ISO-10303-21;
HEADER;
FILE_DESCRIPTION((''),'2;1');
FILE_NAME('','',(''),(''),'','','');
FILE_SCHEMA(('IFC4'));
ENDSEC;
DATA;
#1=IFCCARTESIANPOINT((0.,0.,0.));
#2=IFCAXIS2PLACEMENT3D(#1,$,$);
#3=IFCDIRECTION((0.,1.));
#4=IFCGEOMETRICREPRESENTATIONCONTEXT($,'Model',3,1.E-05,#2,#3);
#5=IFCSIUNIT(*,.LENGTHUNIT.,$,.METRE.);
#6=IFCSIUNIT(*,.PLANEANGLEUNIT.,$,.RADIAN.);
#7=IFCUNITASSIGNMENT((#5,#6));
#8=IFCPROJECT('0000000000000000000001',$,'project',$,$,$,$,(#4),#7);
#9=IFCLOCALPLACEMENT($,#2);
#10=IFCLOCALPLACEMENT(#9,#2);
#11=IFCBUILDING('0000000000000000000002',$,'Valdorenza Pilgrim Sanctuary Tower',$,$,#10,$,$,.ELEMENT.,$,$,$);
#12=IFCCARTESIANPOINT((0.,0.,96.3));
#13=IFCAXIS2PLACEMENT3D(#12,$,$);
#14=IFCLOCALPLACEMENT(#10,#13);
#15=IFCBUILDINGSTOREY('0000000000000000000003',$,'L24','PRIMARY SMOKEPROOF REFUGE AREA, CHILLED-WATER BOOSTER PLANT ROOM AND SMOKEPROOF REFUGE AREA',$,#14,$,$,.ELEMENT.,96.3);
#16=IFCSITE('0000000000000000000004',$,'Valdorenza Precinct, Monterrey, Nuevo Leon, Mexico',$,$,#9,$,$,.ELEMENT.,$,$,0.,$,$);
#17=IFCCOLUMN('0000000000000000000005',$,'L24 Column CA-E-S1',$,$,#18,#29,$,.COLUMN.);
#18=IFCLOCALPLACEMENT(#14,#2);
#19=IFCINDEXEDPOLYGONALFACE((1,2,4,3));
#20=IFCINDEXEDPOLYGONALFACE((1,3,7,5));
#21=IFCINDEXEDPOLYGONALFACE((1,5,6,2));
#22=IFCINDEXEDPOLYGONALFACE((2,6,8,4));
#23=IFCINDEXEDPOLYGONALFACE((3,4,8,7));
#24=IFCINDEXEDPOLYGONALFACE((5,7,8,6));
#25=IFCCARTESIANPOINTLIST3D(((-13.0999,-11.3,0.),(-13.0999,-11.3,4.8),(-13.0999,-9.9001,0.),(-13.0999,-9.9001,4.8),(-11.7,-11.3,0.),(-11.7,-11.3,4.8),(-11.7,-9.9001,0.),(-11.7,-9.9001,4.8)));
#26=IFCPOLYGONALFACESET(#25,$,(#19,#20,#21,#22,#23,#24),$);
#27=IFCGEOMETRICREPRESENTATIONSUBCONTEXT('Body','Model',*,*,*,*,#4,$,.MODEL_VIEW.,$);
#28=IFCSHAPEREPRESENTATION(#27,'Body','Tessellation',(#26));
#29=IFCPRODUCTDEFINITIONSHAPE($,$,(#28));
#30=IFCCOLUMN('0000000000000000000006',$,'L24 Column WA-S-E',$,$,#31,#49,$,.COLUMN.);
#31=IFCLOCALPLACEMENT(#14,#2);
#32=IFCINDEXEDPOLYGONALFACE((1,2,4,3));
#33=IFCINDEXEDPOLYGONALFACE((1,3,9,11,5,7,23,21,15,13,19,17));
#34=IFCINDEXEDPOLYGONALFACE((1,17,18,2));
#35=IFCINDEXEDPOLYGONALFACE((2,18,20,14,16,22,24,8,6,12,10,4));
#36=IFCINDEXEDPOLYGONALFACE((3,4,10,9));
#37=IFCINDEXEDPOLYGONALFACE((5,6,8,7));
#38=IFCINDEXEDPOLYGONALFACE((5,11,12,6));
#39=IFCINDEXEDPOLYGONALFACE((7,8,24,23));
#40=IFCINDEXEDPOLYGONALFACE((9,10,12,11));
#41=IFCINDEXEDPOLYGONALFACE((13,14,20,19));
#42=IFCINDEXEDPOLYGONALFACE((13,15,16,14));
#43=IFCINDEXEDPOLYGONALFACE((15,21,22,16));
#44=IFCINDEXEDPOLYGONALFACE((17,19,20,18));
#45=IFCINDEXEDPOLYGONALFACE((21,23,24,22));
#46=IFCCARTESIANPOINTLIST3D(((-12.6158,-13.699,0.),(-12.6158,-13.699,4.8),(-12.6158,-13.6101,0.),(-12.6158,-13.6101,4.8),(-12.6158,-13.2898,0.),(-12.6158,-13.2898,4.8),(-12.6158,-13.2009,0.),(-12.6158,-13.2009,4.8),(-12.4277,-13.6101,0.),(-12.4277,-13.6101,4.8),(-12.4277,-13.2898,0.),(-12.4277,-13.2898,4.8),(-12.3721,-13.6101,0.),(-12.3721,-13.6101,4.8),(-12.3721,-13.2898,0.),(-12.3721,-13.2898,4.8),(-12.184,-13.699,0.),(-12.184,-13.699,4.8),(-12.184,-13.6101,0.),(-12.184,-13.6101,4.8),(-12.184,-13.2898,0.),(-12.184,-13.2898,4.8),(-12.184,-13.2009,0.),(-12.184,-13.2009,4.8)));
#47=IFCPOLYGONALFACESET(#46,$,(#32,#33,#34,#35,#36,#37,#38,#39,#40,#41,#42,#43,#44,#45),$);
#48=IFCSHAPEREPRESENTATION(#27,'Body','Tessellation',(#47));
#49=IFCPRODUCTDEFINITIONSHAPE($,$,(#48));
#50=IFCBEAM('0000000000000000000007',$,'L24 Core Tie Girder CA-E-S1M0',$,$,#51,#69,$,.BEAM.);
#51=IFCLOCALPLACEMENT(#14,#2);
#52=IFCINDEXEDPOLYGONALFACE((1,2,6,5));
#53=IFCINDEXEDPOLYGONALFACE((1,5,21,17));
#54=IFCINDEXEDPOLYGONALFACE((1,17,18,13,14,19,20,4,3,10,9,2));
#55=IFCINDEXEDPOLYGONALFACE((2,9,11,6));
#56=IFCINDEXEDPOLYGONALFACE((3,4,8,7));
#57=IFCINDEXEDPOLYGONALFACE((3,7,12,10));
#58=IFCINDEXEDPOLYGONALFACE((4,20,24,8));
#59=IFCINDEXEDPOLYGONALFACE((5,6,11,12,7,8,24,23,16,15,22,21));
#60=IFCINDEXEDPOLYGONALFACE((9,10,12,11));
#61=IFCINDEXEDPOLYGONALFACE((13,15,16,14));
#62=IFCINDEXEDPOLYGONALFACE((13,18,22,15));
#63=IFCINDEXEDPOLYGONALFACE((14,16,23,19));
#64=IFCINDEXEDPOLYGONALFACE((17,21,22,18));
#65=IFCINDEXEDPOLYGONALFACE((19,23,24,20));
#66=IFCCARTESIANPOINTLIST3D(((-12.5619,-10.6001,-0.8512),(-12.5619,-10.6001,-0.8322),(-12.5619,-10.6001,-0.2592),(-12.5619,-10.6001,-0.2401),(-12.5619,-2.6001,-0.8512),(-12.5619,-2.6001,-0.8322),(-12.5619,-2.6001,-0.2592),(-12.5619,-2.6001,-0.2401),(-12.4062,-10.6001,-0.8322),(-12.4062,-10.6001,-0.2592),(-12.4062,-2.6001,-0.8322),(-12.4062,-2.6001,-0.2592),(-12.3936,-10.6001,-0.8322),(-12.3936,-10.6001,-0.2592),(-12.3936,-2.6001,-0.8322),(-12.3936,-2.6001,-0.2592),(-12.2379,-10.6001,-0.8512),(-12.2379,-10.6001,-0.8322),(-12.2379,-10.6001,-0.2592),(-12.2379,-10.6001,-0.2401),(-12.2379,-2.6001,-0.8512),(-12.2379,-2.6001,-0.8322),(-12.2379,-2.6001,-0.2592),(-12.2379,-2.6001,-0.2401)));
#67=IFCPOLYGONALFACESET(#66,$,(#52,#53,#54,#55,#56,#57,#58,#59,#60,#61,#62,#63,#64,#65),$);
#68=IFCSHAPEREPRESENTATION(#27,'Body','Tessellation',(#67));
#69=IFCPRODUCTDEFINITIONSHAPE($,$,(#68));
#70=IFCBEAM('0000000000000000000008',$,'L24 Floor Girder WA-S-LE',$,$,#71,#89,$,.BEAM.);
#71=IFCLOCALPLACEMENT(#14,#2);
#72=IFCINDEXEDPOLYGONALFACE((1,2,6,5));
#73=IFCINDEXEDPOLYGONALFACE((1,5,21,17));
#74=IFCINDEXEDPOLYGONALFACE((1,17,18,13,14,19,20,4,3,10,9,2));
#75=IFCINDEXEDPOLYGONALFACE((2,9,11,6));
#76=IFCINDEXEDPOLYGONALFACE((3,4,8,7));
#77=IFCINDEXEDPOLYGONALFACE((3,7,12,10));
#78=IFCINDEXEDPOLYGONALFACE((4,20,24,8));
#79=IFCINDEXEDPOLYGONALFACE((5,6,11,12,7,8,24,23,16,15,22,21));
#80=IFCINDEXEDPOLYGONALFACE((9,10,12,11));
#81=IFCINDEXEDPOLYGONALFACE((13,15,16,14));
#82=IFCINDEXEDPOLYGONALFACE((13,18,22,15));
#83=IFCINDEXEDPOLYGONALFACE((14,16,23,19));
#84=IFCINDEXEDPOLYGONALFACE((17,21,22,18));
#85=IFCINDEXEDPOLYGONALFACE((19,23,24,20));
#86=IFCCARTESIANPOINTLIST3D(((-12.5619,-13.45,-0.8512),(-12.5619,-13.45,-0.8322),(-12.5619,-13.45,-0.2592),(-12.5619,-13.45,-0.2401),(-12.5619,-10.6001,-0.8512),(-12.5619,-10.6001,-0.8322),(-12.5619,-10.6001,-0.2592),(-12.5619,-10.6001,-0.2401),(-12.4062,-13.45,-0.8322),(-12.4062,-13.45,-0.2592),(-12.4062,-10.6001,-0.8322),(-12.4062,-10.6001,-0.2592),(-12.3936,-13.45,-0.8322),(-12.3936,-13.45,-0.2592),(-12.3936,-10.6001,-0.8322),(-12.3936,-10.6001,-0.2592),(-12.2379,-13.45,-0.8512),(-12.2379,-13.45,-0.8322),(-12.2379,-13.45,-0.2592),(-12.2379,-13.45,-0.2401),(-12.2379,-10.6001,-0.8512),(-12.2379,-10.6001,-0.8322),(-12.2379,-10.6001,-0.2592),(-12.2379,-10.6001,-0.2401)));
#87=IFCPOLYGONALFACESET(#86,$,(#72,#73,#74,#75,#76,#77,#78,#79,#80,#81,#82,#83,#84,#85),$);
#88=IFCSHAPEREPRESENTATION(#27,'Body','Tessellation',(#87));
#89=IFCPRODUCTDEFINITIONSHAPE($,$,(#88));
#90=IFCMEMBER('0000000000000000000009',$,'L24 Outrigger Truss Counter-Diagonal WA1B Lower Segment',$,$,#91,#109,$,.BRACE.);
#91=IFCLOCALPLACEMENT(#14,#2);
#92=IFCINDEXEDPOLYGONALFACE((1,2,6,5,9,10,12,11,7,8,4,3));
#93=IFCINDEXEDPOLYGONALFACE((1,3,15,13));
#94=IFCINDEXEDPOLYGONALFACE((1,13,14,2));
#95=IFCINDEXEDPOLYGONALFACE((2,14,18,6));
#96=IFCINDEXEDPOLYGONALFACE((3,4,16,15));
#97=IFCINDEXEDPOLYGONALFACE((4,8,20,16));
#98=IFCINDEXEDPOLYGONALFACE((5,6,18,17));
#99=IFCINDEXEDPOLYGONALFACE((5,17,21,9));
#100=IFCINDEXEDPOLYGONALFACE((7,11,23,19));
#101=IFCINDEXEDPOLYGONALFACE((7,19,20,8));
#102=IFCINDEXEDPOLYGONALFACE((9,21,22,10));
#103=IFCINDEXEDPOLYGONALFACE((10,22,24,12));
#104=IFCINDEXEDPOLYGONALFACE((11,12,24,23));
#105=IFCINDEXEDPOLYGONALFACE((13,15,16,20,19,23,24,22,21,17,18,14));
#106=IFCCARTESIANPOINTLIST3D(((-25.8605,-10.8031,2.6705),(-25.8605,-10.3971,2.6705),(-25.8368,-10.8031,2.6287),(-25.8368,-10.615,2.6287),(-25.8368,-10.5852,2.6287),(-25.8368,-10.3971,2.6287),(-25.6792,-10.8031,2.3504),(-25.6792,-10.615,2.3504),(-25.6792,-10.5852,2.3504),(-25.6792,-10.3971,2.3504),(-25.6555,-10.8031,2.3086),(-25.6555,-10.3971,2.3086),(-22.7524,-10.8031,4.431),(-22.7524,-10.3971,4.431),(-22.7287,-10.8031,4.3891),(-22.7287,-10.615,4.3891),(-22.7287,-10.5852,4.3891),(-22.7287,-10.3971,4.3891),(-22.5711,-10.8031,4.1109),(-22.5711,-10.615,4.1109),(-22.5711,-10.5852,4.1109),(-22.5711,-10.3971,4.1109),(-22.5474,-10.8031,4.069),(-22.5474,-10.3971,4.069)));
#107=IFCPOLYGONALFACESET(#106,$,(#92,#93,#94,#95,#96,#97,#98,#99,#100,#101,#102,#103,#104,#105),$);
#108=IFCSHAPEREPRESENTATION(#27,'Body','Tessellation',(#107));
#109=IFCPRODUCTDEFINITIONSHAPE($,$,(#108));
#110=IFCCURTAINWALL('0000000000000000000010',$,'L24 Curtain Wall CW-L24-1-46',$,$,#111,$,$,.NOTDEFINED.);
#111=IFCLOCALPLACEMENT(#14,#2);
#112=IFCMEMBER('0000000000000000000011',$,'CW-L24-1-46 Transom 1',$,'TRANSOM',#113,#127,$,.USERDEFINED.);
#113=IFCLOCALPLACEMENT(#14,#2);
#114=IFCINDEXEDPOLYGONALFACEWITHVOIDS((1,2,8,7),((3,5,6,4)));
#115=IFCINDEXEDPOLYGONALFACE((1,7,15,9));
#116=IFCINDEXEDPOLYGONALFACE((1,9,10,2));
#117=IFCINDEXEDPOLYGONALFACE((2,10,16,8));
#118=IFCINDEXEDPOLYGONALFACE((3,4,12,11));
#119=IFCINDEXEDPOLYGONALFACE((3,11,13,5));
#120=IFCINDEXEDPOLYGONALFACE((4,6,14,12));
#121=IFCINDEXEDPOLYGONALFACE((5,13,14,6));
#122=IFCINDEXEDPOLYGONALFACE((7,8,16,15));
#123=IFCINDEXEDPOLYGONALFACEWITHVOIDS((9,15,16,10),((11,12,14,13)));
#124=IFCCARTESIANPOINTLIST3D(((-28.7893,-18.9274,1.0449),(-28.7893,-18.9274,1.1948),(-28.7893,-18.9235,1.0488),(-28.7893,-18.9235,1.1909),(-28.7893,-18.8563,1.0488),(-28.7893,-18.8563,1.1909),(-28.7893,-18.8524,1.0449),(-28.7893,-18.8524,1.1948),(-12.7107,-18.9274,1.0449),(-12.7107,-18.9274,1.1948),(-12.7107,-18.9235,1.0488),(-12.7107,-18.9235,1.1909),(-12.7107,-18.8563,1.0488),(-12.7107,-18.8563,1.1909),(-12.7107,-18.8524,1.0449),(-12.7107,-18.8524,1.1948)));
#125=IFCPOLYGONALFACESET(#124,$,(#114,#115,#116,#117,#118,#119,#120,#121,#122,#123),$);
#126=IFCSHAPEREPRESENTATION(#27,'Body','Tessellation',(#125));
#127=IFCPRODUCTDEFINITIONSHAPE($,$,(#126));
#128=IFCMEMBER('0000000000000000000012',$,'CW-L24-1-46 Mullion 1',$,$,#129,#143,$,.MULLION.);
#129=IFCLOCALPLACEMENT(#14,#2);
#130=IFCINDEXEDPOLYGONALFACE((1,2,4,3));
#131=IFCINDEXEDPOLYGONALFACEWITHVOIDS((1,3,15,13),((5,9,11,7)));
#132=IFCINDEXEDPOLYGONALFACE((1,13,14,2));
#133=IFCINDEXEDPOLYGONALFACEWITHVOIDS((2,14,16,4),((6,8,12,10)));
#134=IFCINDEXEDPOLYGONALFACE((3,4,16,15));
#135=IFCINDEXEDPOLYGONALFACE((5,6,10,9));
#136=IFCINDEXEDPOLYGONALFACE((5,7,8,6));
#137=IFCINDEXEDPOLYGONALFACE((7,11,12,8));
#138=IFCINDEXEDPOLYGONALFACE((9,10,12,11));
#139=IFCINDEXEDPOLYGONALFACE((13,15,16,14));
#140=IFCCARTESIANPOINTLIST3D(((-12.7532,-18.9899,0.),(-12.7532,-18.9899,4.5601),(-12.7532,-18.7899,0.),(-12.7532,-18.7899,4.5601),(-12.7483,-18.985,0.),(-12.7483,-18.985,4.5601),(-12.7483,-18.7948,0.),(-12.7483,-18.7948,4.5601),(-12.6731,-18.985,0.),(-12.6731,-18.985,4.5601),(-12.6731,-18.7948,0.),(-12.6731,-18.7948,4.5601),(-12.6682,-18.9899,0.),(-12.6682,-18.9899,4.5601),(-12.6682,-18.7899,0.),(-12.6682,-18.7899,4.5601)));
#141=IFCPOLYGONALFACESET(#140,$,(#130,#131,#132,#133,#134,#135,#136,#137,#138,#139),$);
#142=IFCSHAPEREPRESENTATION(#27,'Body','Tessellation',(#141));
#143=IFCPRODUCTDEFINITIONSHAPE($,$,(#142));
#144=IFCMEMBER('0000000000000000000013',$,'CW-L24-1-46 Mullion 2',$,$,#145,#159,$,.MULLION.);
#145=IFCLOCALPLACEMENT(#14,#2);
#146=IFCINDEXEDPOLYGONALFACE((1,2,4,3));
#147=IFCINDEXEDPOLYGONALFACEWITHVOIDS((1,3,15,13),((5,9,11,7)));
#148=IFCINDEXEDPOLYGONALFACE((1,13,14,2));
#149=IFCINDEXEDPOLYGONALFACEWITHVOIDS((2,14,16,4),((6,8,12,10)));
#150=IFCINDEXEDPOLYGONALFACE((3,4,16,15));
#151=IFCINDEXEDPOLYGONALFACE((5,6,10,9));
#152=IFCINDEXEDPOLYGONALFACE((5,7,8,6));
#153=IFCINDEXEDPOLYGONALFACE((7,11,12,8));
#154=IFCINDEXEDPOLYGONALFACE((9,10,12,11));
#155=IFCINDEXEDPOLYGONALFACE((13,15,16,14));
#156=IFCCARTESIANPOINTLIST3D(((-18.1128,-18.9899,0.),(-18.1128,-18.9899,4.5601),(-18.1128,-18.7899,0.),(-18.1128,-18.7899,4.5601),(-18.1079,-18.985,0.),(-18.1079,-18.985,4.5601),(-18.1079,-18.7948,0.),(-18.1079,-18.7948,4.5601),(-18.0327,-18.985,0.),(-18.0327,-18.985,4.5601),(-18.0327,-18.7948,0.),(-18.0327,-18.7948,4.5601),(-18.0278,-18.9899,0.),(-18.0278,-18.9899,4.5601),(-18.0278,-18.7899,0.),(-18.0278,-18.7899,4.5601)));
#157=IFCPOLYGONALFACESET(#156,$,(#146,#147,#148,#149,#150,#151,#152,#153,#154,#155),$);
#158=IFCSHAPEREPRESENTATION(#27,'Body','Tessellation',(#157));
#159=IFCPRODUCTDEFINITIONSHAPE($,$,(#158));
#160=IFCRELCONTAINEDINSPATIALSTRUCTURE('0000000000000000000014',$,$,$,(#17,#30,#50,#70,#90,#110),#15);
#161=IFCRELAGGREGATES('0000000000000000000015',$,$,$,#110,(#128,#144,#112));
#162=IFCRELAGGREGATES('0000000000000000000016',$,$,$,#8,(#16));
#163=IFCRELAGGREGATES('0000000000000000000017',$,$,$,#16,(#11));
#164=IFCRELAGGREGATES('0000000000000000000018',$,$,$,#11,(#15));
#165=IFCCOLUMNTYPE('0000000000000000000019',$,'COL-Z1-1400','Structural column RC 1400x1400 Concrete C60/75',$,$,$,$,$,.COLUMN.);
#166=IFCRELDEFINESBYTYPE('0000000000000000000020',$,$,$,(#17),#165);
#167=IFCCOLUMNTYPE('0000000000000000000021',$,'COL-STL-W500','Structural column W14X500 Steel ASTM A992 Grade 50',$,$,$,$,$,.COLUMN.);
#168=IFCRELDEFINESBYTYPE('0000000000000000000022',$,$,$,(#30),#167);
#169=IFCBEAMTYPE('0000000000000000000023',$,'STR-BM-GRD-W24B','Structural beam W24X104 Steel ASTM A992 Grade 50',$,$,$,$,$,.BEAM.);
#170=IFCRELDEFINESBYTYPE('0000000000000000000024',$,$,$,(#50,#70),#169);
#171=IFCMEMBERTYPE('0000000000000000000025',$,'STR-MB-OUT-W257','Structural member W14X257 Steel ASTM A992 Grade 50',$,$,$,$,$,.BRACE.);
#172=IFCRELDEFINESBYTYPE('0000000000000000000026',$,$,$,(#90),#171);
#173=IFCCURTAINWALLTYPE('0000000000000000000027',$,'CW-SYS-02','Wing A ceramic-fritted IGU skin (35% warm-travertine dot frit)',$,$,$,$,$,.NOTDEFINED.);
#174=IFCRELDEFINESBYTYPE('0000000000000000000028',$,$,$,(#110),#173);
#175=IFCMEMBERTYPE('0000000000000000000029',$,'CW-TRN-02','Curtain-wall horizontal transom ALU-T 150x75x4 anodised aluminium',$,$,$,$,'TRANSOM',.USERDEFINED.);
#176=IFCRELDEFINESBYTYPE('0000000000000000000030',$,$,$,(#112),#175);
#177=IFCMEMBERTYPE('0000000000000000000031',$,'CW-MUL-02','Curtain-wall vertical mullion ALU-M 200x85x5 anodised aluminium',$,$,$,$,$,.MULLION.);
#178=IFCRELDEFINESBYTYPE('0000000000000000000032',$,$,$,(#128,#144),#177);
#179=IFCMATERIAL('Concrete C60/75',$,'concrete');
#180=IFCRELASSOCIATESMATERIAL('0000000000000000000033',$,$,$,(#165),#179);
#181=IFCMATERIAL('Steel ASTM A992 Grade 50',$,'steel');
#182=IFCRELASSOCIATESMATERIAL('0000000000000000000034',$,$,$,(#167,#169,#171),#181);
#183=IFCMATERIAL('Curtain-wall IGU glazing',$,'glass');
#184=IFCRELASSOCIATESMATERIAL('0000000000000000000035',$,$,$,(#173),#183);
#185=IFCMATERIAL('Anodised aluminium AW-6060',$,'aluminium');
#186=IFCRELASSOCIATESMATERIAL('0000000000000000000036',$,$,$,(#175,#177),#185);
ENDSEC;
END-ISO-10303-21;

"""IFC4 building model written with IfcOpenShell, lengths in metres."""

from ifc_helpers import new_model, si_unit, direction, frame, origin, origin_2d, place, context, subcontext, project, spatial, rectangle, hollow_rectangle, i_section, extrude, source, transform, mapped, material, material_profile, profile_set, type_object, element, aggregate, save


model = new_model("IFC4")

# Units and contexts
model_context = context("Model", 3, precision=1e-05, world=origin(), true_north=direction((0.0, 1.0)))
body_context = subcontext(model_context, "Body", "Model", "MODEL_VIEW")
ifc_project = project(units=[si_unit("LENGTHUNIT", "METRE"), si_unit("PLANEANGLEUNIT", "RADIAN")], contexts=[model_context])

# Site, building, storey
site_placement = place(None, origin())
site = spatial("IfcSite", under=ifc_project, at=site_placement, Name="Valdorenza Precinct, Monterrey, Nuevo Leon, Mexico", CompositionType="ELEMENT", RefElevation=0.0)
building_placement = place(site_placement, origin())
building = spatial("IfcBuilding", under=site, at=building_placement, Name="Valdorenza Pilgrim Sanctuary Tower", CompositionType="ELEMENT")
storey_placement = place(building_placement, frame((0.0, 0.0, 96.3)))
storey = spatial("IfcBuildingStorey", under=building, at=storey_placement, Name="L24", Description="PRIMARY SMOKEPROOF REFUGE AREA, CHILLED-WATER BOOSTER PLANT ROOM AND SMOKEPROOF REFUGE AREA", CompositionType="ELEMENT", Elevation=96.3)

# Columns
ifc_material_1 = material(Name="Concrete C60/75", Category="concrete")
ifc_material_profile_1 = material_profile(ifc_material_1, rectangle(XDim=1.3999, YDim=1.3999, at=origin_2d()), Name="RC 1400x1400")
ifc_profile_set_1 = profile_set([ifc_material_profile_1], Name="Concrete C60/75")
column_type_1 = type_object("IfcColumnType", Name="COL-Z1-1400", Description="Structural column RC 1400x1400 Concrete C60/75", PredefinedType="COLUMN", material=ifc_profile_set_1)
shared_shape_1 = source(origin(), body_context, "Body", "SweptSolid", [
    extrude(rectangle(XDim=1.3999, YDim=1.3999, at=origin_2d()), origin(), (0.0, 0.0, 1.0), 4.8),
])
column_1_placement = place(storey_placement, frame((-12.3999, -10.6001, 0.0), z_axis=(0.0, 0.0, 1.0), x_axis=(1.0, 0.0, 0.0)))
element("IfcColumn", 1, at=column_1_placement, inside=storey, type_object=column_type_1, Name="L24 Column CA-E-S1", PredefinedType="COLUMN", context=body_context, shape_type="MappedRepresentation", body=[
    mapped(shared_shape_1, transform((0.0, 0.0, 0.0), x_axis=(1.0, 0.0, 0.0), y_axis=(0.0, 1.0, 0.0), z_axis=(0.0, 0.0, 1.0), scale=1.0)),
])
ifc_material_2 = material(Name="Steel ASTM A992 Grade 50", Category="steel")
ifc_material_profile_2 = material_profile(ifc_material_2, i_section(OverallWidth=0.4319, OverallDepth=0.498, WebThickness=0.0557, FlangeThickness=0.0889, at=origin_2d()), Name="W14X500")
ifc_profile_set_2 = profile_set([ifc_material_profile_2], Name="Steel ASTM A992 Grade 50")
column_type_2 = type_object("IfcColumnType", Name="COL-STL-W500", Description="Structural column W14X500 Steel ASTM A992 Grade 50", PredefinedType="COLUMN", material=ifc_profile_set_2)
shared_shape_2 = source(origin(), body_context, "Body", "SweptSolid", [
    extrude(i_section(OverallWidth=0.4319, OverallDepth=0.498, WebThickness=0.0557, FlangeThickness=0.0889, at=origin_2d()), origin(), (0.0, 0.0, 1.0), 4.8),
])
column_2_placement = place(storey_placement, frame((-12.3999, -13.45, 0.0), z_axis=(0.0, 0.0, 1.0), x_axis=(1.0, 0.0, 0.0)))
element("IfcColumn", 2, at=column_2_placement, inside=storey, type_object=column_type_2, Name="L24 Column WA-S-E", PredefinedType="COLUMN", context=body_context, shape_type="MappedRepresentation", body=[
    mapped(shared_shape_2, transform((0.0, 0.0, 0.0), x_axis=(1.0, 0.0, 0.0), y_axis=(0.0, 1.0, 0.0), z_axis=(0.0, 0.0, 1.0), scale=1.0)),
])

# Beams
ifc_material_profile_3 = material_profile(ifc_material_2, i_section(OverallWidth=0.324, OverallDepth=0.6111, WebThickness=0.0127, FlangeThickness=0.019, at=origin_2d()), Name="W24X104")
ifc_profile_set_3 = profile_set([ifc_material_profile_3], Name="Steel ASTM A992 Grade 50")
beam_type = type_object("IfcBeamType", Name="STR-BM-GRD-W24B", Description="Structural beam W24X104 Steel ASTM A992 Grade 50", PredefinedType="BEAM", material=ifc_profile_set_3)
shared_shape_3 = source(origin(), body_context, "Body", "SweptSolid", [
    extrude(i_section(OverallWidth=0.324, OverallDepth=0.6111, WebThickness=0.0127, FlangeThickness=0.019, at=origin_2d()), origin(), (0.0, 0.0, 1.0), 8.0),
])
beam_1_placement = place(storey_placement, frame((-12.3999, -10.6001, -0.5457), z_axis=(0.0, 1.0, 0.0), x_axis=(-1.0, 0.0, 0.0)))
element("IfcBeam", 3, at=beam_1_placement, inside=storey, type_object=beam_type, Name="L24 Core Tie Girder CA-E-S1M0", PredefinedType="BEAM", context=body_context, shape_type="MappedRepresentation", body=[
    mapped(shared_shape_3, transform((0.0, 0.0, 0.0), x_axis=(1.0, 0.0, 0.0), y_axis=(0.0, 1.0, 0.0), z_axis=(0.0, 0.0, 1.0), scale=1.0)),
])
shared_shape_4 = source(origin(), body_context, "Body", "SweptSolid", [
    extrude(i_section(OverallWidth=0.324, OverallDepth=0.6111, WebThickness=0.0127, FlangeThickness=0.019, at=origin_2d()), origin(), (0.0, 0.0, 1.0), 2.8499),
])
beam_2_placement = place(storey_placement, frame((-12.3999, -13.45, -0.5457), z_axis=(0.0, 1.0, 0.0), x_axis=(-1.0, 0.0, 0.0)))
element("IfcBeam", 4, at=beam_2_placement, inside=storey, type_object=beam_type, Name="L24 Floor Girder WA-S-LE", PredefinedType="BEAM", context=body_context, shape_type="MappedRepresentation", body=[
    mapped(shared_shape_4, transform((0.0, 0.0, 0.0), x_axis=(1.0, 0.0, 0.0), y_axis=(0.0, 1.0, 0.0), z_axis=(0.0, 0.0, 1.0), scale=1.0)),
])

# Member
ifc_material_profile_4 = material_profile(ifc_material_2, i_section(OverallWidth=0.406, OverallDepth=0.416, WebThickness=0.0298, FlangeThickness=0.0481, at=origin_2d()), Name="W14X257")
ifc_profile_set_4 = profile_set([ifc_material_profile_4], Name="Steel ASTM A992 Grade 50")
member_type_1 = type_object("IfcMemberType", Name="STR-MB-OUT-W257", Description="Structural member W14X257 Steel ASTM A992 Grade 50", PredefinedType="BRACE", material=ifc_profile_set_4)
shared_shape_5 = source(origin(), body_context, "Body", "SweptSolid", [
    extrude(i_section(OverallWidth=0.406, OverallDepth=0.416, WebThickness=0.0298, FlangeThickness=0.0481, at=origin_2d()), origin(), (0.0, 0.0, 1.0), 3.572),
])
member_1_placement = place(storey_placement, frame((-22.6499, -10.6001, 4.25), z_axis=(-0.870117, 0.0, -0.492845), x_axis=(0.0, -1.0, 0.0)))
element("IfcMember", 5, at=member_1_placement, inside=storey, type_object=member_type_1, Name="L24 Outrigger Truss Counter-Diagonal WA1B Lower Segment", PredefinedType="BRACE", context=body_context, shape_type="MappedRepresentation", body=[
    mapped(shared_shape_5, transform((0.0, 0.0, 0.0), x_axis=(1.0, 0.0, 0.0), y_axis=(0.0, 1.0, 0.0), z_axis=(0.0, 0.0, 1.0), scale=1.0)),
])

# Curtain wall, members
ifc_material_3 = material(Name="Curtain-wall IGU glazing", Category="glass")
curtain_wall_type = type_object("IfcCurtainWallType", Name="CW-SYS-02", Description="Wing A ceramic-fritted IGU skin (35% warm-travertine dot frit)", PredefinedType="NOTDEFINED", material=ifc_material_3)
curtain_wall_placement = place(storey_placement, origin())
curtain_wall = element("IfcCurtainWall", 6, at=curtain_wall_placement, inside=storey, type_object=curtain_wall_type, Name="L24 Curtain Wall CW-L24-1-46", PredefinedType="NOTDEFINED")
ifc_material_4 = material(Name="Anodised aluminium AW-6060", Category="aluminium")
ifc_material_profile_5 = material_profile(ifc_material_4, hollow_rectangle(XDim=0.075, YDim=0.1499, WallThickness=0.0039, at=origin_2d()), Name="ALU-T 150x75x4")
ifc_profile_set_5 = profile_set([ifc_material_profile_5], Name="Anodised aluminium AW-6060")
member_type_2 = type_object("IfcMemberType", Name="CW-TRN-02", Description="Curtain-wall horizontal transom ALU-T 150x75x4 anodised aluminium", ElementType="TRANSOM", PredefinedType="USERDEFINED", material=ifc_profile_set_5)
shared_shape_6 = source(origin(), body_context, "Body", "SweptSolid", [
    extrude(hollow_rectangle(XDim=0.075, YDim=0.1499, WallThickness=0.0039, at=origin_2d()), origin(), (0.0, 0.0, 1.0), 16.0786),
])
member_2_placement = place(storey_placement, frame((-12.7107, -18.8899, 1.1199), z_axis=(-1.0, 0.0, 0.0), x_axis=(0.0, -1.0, 0.0)))
member_2 = element("IfcMember", 7, at=member_2_placement, type_object=member_type_2, Name="CW-L24-1-46 Transom 1", ObjectType="TRANSOM", PredefinedType="USERDEFINED", context=body_context, shape_type="MappedRepresentation", body=[
    mapped(shared_shape_6, transform((0.0, 0.0, 0.0), x_axis=(1.0, 0.0, 0.0), y_axis=(0.0, 1.0, 0.0), z_axis=(0.0, 0.0, 1.0), scale=1.0)),
])
ifc_material_profile_6 = material_profile(ifc_material_4, hollow_rectangle(XDim=0.085, YDim=0.2, WallThickness=0.0049, at=origin_2d()), Name="ALU-M 200x85x5")
ifc_profile_set_6 = profile_set([ifc_material_profile_6], Name="Anodised aluminium AW-6060")
member_type_3 = type_object("IfcMemberType", Name="CW-MUL-02", Description="Curtain-wall vertical mullion ALU-M 200x85x5 anodised aluminium", PredefinedType="MULLION", material=ifc_profile_set_6)
shared_shape_7 = source(origin(), body_context, "Body", "SweptSolid", [
    extrude(hollow_rectangle(XDim=0.085, YDim=0.2, WallThickness=0.0049, at=origin_2d()), origin(), (0.0, 0.0, 1.0), 4.5601),
])
member_3_placement = place(storey_placement, frame((-12.7107, -18.8899, 0.0), z_axis=(0.0, 0.0, 1.0), x_axis=(-1.0, 0.0, 0.0)))
member_3 = element("IfcMember", 8, at=member_3_placement, type_object=member_type_3, Name="CW-L24-1-46 Mullion 1", PredefinedType="MULLION", context=body_context, shape_type="MappedRepresentation", body=[
    mapped(shared_shape_7, transform((0.0, 0.0, 0.0), x_axis=(1.0, 0.0, 0.0), y_axis=(0.0, 1.0, 0.0), z_axis=(0.0, 0.0, 1.0), scale=1.0)),
])
member_4_placement = place(storey_placement, frame((-18.0703, -18.8899, 0.0), z_axis=(0.0, 0.0, 1.0), x_axis=(-1.0, 0.0, 0.0)))
member_4 = element("IfcMember", 9, at=member_4_placement, type_object=member_type_3, Name="CW-L24-1-46 Mullion 2", PredefinedType="MULLION", context=body_context, shape_type="MappedRepresentation", body=[
    mapped(shared_shape_7, transform((0.0, 0.0, 0.0), x_axis=(1.0, 0.0, 0.0), y_axis=(0.0, 1.0, 0.0), z_axis=(0.0, 0.0, 1.0), scale=1.0)),
])

aggregate(curtain_wall, [member_3, member_4, member_2])

save(model, "model.ifc")
